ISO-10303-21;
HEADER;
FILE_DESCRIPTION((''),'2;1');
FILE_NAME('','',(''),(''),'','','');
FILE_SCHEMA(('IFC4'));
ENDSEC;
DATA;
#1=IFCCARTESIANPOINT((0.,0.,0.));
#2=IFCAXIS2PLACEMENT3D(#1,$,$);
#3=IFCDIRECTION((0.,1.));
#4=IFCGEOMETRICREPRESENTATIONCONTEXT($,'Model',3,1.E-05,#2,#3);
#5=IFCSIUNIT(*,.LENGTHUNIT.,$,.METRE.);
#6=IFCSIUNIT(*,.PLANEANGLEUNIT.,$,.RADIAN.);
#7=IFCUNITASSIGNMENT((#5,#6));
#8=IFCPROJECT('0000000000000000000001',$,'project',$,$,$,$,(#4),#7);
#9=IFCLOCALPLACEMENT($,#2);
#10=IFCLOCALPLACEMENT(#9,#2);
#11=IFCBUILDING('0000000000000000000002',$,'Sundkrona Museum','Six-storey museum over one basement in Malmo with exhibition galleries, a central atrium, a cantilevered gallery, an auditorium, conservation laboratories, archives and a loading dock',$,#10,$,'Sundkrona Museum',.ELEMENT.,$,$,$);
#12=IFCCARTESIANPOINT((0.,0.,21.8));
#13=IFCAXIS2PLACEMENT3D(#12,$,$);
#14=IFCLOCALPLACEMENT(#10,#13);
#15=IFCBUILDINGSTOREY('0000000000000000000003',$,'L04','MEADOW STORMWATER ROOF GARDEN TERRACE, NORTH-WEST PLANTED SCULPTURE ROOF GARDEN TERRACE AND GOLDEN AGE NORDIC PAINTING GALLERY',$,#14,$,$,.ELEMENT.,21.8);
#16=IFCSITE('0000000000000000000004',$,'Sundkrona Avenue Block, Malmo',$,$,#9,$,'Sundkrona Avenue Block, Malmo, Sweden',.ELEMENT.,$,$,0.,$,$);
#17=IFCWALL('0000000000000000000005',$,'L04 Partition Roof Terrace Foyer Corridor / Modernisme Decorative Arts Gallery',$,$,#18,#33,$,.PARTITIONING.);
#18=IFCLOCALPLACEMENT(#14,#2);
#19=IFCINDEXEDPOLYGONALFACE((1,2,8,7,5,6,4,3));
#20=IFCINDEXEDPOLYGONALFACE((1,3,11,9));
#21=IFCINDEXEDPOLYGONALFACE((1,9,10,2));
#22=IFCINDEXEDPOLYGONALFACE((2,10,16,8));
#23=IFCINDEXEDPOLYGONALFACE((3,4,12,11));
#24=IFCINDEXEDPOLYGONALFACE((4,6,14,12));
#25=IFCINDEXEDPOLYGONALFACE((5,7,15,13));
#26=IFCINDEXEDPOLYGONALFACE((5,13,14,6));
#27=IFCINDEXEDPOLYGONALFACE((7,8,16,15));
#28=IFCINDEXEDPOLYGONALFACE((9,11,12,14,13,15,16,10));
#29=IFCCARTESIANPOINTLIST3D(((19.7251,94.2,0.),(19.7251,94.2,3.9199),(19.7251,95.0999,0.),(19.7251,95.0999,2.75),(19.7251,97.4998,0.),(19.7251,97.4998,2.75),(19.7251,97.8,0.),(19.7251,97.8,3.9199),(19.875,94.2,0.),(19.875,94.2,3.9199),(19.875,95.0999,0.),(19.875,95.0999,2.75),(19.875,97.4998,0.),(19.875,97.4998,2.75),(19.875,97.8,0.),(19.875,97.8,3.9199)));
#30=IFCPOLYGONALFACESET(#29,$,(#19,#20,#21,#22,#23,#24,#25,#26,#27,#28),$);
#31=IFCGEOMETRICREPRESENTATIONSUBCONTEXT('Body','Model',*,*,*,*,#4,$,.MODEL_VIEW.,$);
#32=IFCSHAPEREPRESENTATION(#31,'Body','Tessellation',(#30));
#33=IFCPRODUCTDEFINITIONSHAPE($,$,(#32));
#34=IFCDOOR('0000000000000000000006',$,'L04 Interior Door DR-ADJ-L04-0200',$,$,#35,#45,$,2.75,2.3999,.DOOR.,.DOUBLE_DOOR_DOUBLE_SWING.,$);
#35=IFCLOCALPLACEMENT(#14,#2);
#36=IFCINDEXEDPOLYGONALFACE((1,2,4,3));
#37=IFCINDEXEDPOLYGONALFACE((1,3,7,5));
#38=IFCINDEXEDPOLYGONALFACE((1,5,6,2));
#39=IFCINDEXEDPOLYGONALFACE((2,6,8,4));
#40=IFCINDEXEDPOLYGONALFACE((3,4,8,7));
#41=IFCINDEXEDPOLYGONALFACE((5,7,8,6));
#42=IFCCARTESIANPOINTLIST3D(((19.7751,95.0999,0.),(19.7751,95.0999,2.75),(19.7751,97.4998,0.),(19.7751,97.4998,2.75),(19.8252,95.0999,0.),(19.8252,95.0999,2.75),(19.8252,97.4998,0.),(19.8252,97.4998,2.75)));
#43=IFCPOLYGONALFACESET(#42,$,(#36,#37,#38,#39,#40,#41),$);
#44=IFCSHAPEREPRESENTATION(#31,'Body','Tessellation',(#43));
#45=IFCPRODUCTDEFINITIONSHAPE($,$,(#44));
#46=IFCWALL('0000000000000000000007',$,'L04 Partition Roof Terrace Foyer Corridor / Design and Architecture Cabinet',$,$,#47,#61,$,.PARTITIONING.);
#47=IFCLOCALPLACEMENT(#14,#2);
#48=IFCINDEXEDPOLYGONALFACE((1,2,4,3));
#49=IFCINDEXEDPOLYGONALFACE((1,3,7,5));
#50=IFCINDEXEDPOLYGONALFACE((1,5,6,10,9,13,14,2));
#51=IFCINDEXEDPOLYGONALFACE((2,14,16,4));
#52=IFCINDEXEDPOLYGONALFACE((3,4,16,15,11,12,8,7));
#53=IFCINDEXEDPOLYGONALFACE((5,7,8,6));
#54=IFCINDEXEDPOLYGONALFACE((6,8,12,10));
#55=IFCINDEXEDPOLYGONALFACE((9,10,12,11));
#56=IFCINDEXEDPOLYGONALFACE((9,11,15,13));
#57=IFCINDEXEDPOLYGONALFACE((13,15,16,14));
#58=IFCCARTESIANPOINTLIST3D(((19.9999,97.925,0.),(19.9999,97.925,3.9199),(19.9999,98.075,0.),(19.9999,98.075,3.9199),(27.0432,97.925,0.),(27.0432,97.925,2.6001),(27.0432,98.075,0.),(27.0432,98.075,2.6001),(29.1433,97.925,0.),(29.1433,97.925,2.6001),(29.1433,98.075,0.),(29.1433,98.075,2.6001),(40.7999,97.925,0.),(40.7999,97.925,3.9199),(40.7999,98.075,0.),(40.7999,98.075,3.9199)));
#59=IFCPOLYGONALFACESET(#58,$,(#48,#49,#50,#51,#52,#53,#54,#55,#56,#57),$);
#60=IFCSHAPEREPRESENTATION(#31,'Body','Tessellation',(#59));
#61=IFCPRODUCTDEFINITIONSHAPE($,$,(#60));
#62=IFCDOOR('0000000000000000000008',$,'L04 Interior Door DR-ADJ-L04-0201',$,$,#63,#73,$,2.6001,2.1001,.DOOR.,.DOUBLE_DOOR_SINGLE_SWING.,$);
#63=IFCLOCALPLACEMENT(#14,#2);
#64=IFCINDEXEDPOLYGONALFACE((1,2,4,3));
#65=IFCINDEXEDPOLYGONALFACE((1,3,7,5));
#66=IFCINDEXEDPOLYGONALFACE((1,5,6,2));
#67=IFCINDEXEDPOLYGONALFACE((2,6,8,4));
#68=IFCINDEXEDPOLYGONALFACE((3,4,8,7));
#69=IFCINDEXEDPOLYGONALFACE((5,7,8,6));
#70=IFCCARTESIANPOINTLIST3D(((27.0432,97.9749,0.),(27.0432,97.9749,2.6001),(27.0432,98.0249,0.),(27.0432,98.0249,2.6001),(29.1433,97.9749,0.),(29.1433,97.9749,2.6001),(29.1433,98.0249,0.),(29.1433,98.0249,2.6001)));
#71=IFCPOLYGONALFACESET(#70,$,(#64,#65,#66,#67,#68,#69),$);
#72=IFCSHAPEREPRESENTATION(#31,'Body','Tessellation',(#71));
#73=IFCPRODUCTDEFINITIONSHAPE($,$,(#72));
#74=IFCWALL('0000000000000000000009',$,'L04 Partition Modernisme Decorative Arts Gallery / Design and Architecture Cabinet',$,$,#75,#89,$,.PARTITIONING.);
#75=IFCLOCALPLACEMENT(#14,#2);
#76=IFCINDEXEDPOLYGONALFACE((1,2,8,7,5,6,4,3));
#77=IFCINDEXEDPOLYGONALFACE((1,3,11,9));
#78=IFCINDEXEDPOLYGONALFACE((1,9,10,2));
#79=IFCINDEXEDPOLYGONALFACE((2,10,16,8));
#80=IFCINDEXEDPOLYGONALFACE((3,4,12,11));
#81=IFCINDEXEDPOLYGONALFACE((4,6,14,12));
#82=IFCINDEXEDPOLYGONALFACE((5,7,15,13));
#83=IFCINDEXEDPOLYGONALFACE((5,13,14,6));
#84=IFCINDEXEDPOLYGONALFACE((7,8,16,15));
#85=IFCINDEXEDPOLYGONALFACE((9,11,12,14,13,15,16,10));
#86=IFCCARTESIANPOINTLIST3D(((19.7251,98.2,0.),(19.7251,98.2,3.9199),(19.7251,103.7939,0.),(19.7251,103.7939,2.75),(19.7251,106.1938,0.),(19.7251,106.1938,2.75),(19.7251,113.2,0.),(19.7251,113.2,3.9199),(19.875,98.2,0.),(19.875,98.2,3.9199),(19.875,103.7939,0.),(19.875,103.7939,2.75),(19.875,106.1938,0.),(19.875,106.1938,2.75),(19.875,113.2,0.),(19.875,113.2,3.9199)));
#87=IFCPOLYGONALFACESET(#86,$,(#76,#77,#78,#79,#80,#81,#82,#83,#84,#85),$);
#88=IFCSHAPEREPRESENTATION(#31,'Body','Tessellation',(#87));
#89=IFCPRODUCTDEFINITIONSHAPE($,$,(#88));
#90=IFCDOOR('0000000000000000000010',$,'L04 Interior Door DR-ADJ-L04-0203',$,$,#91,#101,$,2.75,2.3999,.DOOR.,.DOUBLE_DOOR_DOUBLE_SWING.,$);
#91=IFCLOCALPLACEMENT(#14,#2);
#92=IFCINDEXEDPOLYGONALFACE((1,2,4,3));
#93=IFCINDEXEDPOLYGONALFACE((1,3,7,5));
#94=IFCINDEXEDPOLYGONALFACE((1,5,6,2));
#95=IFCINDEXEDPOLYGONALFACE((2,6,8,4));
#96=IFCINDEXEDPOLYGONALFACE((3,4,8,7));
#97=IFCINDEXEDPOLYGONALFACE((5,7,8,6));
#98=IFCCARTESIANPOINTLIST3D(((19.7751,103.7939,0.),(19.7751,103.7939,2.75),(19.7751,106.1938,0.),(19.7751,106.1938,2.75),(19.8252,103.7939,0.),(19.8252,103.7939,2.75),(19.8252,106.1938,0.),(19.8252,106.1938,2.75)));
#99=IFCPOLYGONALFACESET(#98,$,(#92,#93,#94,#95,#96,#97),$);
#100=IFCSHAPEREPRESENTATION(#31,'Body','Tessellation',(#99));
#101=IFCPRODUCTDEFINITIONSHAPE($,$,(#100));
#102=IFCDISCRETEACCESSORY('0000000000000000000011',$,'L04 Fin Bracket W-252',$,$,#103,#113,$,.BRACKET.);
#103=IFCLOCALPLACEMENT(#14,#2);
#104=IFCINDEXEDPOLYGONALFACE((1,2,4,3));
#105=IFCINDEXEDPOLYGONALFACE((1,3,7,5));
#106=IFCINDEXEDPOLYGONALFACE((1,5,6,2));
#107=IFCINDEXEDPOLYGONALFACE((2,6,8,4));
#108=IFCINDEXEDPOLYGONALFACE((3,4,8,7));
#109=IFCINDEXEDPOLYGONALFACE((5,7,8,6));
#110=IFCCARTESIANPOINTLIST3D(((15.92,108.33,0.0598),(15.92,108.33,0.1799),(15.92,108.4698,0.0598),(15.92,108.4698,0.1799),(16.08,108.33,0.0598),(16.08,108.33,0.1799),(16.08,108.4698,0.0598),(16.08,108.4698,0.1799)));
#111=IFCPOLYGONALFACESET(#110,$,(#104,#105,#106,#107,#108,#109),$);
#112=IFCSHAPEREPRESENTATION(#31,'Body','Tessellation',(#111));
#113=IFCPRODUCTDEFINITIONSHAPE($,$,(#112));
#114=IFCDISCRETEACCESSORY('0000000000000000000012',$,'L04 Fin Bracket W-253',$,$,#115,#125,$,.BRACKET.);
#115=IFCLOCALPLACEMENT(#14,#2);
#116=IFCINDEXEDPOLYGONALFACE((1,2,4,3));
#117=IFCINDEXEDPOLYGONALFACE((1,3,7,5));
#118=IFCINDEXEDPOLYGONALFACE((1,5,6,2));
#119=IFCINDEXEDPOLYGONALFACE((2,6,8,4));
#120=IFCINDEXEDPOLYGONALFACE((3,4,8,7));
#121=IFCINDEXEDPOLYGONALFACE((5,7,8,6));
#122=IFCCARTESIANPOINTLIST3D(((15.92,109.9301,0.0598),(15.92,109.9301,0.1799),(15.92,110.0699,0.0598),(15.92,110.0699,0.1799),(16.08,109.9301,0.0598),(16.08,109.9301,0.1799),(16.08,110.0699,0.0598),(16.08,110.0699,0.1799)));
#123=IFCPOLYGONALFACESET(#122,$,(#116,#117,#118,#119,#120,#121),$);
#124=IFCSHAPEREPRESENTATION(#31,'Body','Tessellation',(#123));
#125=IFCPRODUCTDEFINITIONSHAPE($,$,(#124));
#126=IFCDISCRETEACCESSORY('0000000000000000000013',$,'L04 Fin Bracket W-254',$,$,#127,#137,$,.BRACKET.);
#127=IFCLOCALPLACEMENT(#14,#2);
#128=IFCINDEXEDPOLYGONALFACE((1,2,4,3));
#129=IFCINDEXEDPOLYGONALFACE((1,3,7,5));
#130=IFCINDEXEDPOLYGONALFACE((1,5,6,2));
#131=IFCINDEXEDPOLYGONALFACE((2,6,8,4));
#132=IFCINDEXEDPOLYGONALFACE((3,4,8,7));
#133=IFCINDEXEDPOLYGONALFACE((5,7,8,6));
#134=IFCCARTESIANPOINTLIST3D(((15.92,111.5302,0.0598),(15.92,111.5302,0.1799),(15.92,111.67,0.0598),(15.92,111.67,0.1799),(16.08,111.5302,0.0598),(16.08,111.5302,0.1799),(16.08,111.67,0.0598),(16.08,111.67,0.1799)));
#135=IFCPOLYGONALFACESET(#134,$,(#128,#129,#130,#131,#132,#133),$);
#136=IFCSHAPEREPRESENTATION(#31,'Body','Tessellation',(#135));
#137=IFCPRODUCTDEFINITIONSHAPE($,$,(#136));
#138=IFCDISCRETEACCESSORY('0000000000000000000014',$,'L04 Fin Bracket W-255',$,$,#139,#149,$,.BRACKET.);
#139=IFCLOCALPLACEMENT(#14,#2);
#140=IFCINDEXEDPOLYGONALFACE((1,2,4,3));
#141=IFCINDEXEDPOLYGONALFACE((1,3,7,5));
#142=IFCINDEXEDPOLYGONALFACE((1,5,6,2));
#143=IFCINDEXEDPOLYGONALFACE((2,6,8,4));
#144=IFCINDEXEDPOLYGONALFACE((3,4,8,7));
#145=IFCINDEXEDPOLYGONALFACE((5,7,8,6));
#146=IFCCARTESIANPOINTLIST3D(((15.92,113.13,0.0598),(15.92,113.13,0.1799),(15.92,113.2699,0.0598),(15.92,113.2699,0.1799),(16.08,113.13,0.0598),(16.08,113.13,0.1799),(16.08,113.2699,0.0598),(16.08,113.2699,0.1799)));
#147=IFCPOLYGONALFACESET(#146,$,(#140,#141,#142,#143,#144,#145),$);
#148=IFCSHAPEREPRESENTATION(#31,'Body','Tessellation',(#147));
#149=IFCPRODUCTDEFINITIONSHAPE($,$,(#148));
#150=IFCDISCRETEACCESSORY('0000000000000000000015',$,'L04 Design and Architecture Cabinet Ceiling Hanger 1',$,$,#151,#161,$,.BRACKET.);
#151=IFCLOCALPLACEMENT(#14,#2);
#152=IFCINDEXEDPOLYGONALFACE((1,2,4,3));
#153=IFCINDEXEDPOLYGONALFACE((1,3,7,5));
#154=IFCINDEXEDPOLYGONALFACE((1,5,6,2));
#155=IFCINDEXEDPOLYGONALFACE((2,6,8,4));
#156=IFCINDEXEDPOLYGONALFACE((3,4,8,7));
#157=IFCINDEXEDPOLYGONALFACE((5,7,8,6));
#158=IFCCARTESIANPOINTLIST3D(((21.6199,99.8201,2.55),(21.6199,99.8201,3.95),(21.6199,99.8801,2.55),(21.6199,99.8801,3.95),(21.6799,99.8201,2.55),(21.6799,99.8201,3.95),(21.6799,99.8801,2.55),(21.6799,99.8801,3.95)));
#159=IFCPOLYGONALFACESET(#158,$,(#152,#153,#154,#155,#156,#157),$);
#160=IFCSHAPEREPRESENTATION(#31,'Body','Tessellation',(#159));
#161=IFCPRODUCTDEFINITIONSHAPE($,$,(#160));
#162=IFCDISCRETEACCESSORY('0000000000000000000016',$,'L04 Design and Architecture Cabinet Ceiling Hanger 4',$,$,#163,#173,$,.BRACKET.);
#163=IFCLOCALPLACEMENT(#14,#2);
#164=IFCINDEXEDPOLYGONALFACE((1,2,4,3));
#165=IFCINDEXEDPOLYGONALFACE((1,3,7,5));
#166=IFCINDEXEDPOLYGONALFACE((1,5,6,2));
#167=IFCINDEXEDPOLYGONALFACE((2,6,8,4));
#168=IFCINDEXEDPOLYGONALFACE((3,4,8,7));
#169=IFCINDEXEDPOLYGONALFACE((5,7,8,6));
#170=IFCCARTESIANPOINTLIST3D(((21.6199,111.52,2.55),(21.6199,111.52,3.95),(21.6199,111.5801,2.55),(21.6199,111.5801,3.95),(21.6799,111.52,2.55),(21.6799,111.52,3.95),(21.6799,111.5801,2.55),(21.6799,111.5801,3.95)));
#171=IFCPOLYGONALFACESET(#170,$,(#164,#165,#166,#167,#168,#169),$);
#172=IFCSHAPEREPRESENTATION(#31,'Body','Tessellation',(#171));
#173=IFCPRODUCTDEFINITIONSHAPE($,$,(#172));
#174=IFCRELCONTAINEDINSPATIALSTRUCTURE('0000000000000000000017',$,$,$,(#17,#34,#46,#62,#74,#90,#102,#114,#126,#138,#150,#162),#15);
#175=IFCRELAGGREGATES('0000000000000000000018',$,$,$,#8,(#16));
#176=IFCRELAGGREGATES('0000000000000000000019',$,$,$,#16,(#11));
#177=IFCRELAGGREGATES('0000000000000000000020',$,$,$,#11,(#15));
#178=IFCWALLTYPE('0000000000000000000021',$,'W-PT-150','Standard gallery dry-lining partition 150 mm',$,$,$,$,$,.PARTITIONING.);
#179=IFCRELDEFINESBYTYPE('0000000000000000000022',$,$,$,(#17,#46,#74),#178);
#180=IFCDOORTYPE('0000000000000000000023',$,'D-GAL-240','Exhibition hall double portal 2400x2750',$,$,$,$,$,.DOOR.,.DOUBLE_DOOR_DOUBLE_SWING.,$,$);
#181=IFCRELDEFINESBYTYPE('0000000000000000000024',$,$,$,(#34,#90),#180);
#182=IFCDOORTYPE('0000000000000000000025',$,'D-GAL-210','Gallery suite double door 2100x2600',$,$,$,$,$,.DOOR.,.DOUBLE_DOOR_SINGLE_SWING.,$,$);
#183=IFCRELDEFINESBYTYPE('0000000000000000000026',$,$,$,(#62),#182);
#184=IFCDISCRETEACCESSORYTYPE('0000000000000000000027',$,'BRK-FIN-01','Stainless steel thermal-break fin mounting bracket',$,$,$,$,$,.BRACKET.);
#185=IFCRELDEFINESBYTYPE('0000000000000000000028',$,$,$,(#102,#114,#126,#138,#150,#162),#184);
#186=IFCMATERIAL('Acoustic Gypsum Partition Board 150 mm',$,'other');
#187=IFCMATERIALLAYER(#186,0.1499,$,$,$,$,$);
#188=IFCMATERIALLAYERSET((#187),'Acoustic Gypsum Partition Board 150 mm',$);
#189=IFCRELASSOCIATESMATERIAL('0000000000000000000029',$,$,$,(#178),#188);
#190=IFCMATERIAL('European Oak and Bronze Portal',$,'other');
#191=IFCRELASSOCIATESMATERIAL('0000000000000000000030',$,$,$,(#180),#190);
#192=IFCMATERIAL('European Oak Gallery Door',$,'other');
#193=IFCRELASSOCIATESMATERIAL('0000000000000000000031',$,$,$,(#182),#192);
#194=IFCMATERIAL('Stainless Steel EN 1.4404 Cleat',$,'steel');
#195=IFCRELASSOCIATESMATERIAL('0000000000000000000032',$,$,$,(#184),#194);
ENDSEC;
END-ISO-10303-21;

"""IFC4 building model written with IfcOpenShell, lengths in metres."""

from ifc_helpers import new_model, si_unit, direction, frame, frame_2d, origin, origin_2d, place, context, subcontext, project, spatial, rectangle, extrude, material, layer, layer_set, type_object, element, fill, save


model = new_model("IFC4")

# Units and contexts
model_context = context("Model", 3, precision=1e-05, world=origin(), true_north=direction((0.0, 1.0)))
body_context = subcontext(model_context, "Body", "Model", "MODEL_VIEW")
ifc_project = project(units=[si_unit("LENGTHUNIT", "METRE"), si_unit("PLANEANGLEUNIT", "RADIAN")], contexts=[model_context])

# Site, building, storey
site_placement = place(None, origin())
site = spatial("IfcSite", under=ifc_project, at=site_placement, Name="Sundkrona Avenue Block, Malmo", LongName="Sundkrona Avenue Block, Malmo, Sweden", CompositionType="ELEMENT", RefElevation=0.0)
building_placement = place(site_placement, origin())
building = spatial("IfcBuilding", under=site, at=building_placement, Name="Sundkrona Museum", Description="Six-storey museum over one basement in Malmo with exhibition galleries, a central atrium, a cantilevered gallery, an auditorium, conservation laboratories, archives and a loading dock", LongName="Sundkrona Museum", CompositionType="ELEMENT")
storey_placement = place(building_placement, frame((0.0, 0.0, 21.8)))
storey = spatial("IfcBuildingStorey", under=building, at=storey_placement, Name="L04", Description="MEADOW STORMWATER ROOF GARDEN TERRACE, NORTH-WEST PLANTED SCULPTURE ROOF GARDEN TERRACE AND GOLDEN AGE NORDIC PAINTING GALLERY", CompositionType="ELEMENT", Elevation=21.8)

# Walls, openings, doors
ifc_material_1 = material(Name="Acoustic Gypsum Partition Board 150 mm", Category="other")
ifc_layer_1 = layer(ifc_material_1, 0.1499)
ifc_layer_set_1 = layer_set([ifc_layer_1], Name="Acoustic Gypsum Partition Board 150 mm")
wall_type_1 = type_object("IfcWallType", Name="W-PT-150", Description="Standard gallery dry-lining partition 150 mm", PredefinedType="PARTITIONING", material=ifc_layer_set_1)
wall_1_placement = place(storey_placement, frame((19.8, 94.2, 0.0), z_axis=(0.0, 0.0, 1.0), x_axis=(0.0, 1.0, 0.0)))
wall_1 = element("IfcWall", 1, at=wall_1_placement, inside=storey, type_object=wall_type_1, Name="L04 Partition Roof Terrace Foyer Corridor / Modernisme Decorative Arts Gallery", PredefinedType="PARTITIONING", context=body_context, shape_type="SweptSolid", body=[
    extrude(rectangle(XDim=3.6001, YDim=0.1499, at=frame_2d((1.8, 0.0))), origin(), (0.0, 0.0, 1.0), 3.9199),
])
opening_1_placement = place(wall_1_placement, frame((0.8999, 0.0, 0.0)))
opening_1 = element("IfcOpeningElement", 2, at=opening_1_placement, cuts=wall_1, PredefinedType="OPENING", context=body_context, shape_type="SweptSolid", body=[
    extrude(rectangle(XDim=2.3999, YDim=2.75, at=frame_2d((1.2, 1.375))), frame((0.0, 0.085, 0.0), z_axis=(0.0, -1.0, 0.0), x_axis=(1.0, 0.0, 0.0)), (0.0, 0.0, 1.0), 0.1699),
])
ifc_material_2 = material(Name="European Oak and Bronze Portal", Category="other")
door_type_1 = type_object("IfcDoorType", Name="D-GAL-240", Description="Exhibition hall double portal 2400x2750", OperationType="DOUBLE_DOOR_DOUBLE_SWING", PredefinedType="DOOR", material=ifc_material_2)
door_1_placement = place(opening_1_placement, origin())
door_1 = element("IfcDoor", 3, at=door_1_placement, inside=storey, type_object=door_type_1, Name="L04 Interior Door DR-ADJ-L04-0200", OperationType="DOUBLE_DOOR_DOUBLE_SWING", OverallHeight=2.75, OverallWidth=2.3999, PredefinedType="DOOR", context=body_context, shape_type="SweptSolid", body=[
    extrude(rectangle(XDim=2.3999, YDim=2.75, at=frame_2d((1.2, 1.375))), frame((0.0, 0.0249, 0.0), z_axis=(0.0, -1.0, 0.0), x_axis=(1.0, 0.0, 0.0)), (0.0, 0.0, 1.0), 0.05),
])
fill(opening_1, door_1)
wall_2_placement = place(storey_placement, frame((20.0, 98.0, 0.0), z_axis=(0.0, 0.0, 1.0), x_axis=(1.0, 0.0, 0.0)))
wall_2 = element("IfcWall", 4, at=wall_2_placement, inside=storey, type_object=wall_type_1, Name="L04 Partition Roof Terrace Foyer Corridor / Design and Architecture Cabinet", PredefinedType="PARTITIONING", context=body_context, shape_type="SweptSolid", body=[
    extrude(rectangle(XDim=20.8, YDim=0.1499, at=frame_2d((10.3999, 0.0))), origin(), (0.0, 0.0, 1.0), 3.9199),
])
opening_2_placement = place(wall_2_placement, frame((7.0432, 0.0, 0.0)))
opening_2 = element("IfcOpeningElement", 5, at=opening_2_placement, cuts=wall_2, PredefinedType="OPENING", context=body_context, shape_type="SweptSolid", body=[
    extrude(rectangle(XDim=2.1001, YDim=2.6001, at=frame_2d((1.05, 1.3))), frame((0.0, 0.085, 0.0), z_axis=(0.0, -1.0, 0.0), x_axis=(1.0, 0.0, 0.0)), (0.0, 0.0, 1.0), 0.1699),
])
ifc_material_3 = material(Name="European Oak Gallery Door", Category="other")
door_type_2 = type_object("IfcDoorType", Name="D-GAL-210", Description="Gallery suite double door 2100x2600", OperationType="DOUBLE_DOOR_SINGLE_SWING", PredefinedType="DOOR", material=ifc_material_3)
door_2_placement = place(opening_2_placement, origin())
door_2 = element("IfcDoor", 6, at=door_2_placement, inside=storey, type_object=door_type_2, Name="L04 Interior Door DR-ADJ-L04-0201", OperationType="DOUBLE_DOOR_SINGLE_SWING", OverallHeight=2.6001, OverallWidth=2.1001, PredefinedType="DOOR", context=body_context, shape_type="SweptSolid", body=[
    extrude(rectangle(XDim=2.1001, YDim=2.6001, at=frame_2d((1.05, 1.3))), frame((0.0, 0.0249, 0.0), z_axis=(0.0, -1.0, 0.0), x_axis=(1.0, 0.0, 0.0)), (0.0, 0.0, 1.0), 0.05),
])
fill(opening_2, door_2)
wall_3_placement = place(storey_placement, frame((19.8, 98.2, 0.0), z_axis=(0.0, 0.0, 1.0), x_axis=(0.0, 1.0, 0.0)))
wall_3 = element("IfcWall", 7, at=wall_3_placement, inside=storey, type_object=wall_type_1, Name="L04 Partition Modernisme Decorative Arts Gallery / Design and Architecture Cabinet", PredefinedType="PARTITIONING", context=body_context, shape_type="SweptSolid", body=[
    extrude(rectangle(XDim=15.0, YDim=0.1499, at=frame_2d((7.5, 0.0))), origin(), (0.0, 0.0, 1.0), 3.9199),
])
opening_3_placement = place(wall_3_placement, frame((5.594, 0.0, 0.0)))
opening_3 = element("IfcOpeningElement", 8, at=opening_3_placement, cuts=wall_3, PredefinedType="OPENING", context=body_context, shape_type="SweptSolid", body=[
    extrude(rectangle(XDim=2.3999, YDim=2.75, at=frame_2d((1.2, 1.375))), frame((0.0, 0.085, 0.0), z_axis=(0.0, -1.0, 0.0), x_axis=(1.0, 0.0, 0.0)), (0.0, 0.0, 1.0), 0.1699),
])
door_3_placement = place(opening_3_placement, origin())
door_3 = element("IfcDoor", 9, at=door_3_placement, inside=storey, type_object=door_type_1, Name="L04 Interior Door DR-ADJ-L04-0203", OperationType="DOUBLE_DOOR_DOUBLE_SWING", OverallHeight=2.75, OverallWidth=2.3999, PredefinedType="DOOR", context=body_context, shape_type="SweptSolid", body=[
    extrude(rectangle(XDim=2.3999, YDim=2.75, at=frame_2d((1.2, 1.375))), frame((0.0, 0.0249, 0.0), z_axis=(0.0, -1.0, 0.0), x_axis=(1.0, 0.0, 0.0)), (0.0, 0.0, 1.0), 0.05),
])
fill(opening_3, door_3)

# Discrete accessories
ifc_material_4 = material(Name="Stainless Steel EN 1.4404 Cleat", Category="steel")
discrete_accessory_type = type_object("IfcDiscreteAccessoryType", Name="BRK-FIN-01", Description="Stainless steel thermal-break fin mounting bracket", PredefinedType="BRACKET", material=ifc_material_4)
for number, where, z_axis, x_axis, name in (
    (10, (16.0, 108.3999, 0.0598), (0.0, 0.0, 1.0), (1.0, 0.0, 0.0), "L04 Fin Bracket W-252"),
    (11, (16.0, 110.0, 0.0598), (0.0, 0.0, 1.0), (1.0, 0.0, 0.0), "L04 Fin Bracket W-253"),
    (12, (16.0, 111.6001, 0.0598), (0.0, 0.0, 1.0), (1.0, 0.0, 0.0), "L04 Fin Bracket W-254"),
    (13, (16.0, 113.2, 0.0598), (0.0, 0.0, 1.0), (1.0, 0.0, 0.0), "L04 Fin Bracket W-255"),
):
    element("IfcDiscreteAccessory", number, at=place(storey_placement, frame(where, z_axis=z_axis, x_axis=x_axis)), inside=storey, type_object=discrete_accessory_type, Name=name, PredefinedType="BRACKET", context=body_context, shape_type="SweptSolid", body=[
        extrude(rectangle(XDim=0.1599, YDim=0.1399, at=origin_2d()), origin(), (0.0, 0.0, 1.0), 0.1201),
    ])
for number, where, z_axis, x_axis, name in (
    (14, (21.6499, 99.8501, 2.55), (0.0, 0.0, 1.0), (1.0, 0.0, 0.0), "L04 Design and Architecture Cabinet Ceiling Hanger 1"),
    (15, (21.6499, 111.55, 2.55), (0.0, 0.0, 1.0), (1.0, 0.0, 0.0), "L04 Design and Architecture Cabinet Ceiling Hanger 4"),
):
    element("IfcDiscreteAccessory", number, at=place(storey_placement, frame(where, z_axis=z_axis, x_axis=x_axis)), inside=storey, type_object=discrete_accessory_type, Name=name, PredefinedType="BRACKET", context=body_context, shape_type="SweptSolid", body=[
        extrude(rectangle(XDim=0.0601, YDim=0.0601, at=origin_2d()), origin(), (0.0, 0.0, 1.0), 1.3999),
    ])

save(model, "model.ifc")
